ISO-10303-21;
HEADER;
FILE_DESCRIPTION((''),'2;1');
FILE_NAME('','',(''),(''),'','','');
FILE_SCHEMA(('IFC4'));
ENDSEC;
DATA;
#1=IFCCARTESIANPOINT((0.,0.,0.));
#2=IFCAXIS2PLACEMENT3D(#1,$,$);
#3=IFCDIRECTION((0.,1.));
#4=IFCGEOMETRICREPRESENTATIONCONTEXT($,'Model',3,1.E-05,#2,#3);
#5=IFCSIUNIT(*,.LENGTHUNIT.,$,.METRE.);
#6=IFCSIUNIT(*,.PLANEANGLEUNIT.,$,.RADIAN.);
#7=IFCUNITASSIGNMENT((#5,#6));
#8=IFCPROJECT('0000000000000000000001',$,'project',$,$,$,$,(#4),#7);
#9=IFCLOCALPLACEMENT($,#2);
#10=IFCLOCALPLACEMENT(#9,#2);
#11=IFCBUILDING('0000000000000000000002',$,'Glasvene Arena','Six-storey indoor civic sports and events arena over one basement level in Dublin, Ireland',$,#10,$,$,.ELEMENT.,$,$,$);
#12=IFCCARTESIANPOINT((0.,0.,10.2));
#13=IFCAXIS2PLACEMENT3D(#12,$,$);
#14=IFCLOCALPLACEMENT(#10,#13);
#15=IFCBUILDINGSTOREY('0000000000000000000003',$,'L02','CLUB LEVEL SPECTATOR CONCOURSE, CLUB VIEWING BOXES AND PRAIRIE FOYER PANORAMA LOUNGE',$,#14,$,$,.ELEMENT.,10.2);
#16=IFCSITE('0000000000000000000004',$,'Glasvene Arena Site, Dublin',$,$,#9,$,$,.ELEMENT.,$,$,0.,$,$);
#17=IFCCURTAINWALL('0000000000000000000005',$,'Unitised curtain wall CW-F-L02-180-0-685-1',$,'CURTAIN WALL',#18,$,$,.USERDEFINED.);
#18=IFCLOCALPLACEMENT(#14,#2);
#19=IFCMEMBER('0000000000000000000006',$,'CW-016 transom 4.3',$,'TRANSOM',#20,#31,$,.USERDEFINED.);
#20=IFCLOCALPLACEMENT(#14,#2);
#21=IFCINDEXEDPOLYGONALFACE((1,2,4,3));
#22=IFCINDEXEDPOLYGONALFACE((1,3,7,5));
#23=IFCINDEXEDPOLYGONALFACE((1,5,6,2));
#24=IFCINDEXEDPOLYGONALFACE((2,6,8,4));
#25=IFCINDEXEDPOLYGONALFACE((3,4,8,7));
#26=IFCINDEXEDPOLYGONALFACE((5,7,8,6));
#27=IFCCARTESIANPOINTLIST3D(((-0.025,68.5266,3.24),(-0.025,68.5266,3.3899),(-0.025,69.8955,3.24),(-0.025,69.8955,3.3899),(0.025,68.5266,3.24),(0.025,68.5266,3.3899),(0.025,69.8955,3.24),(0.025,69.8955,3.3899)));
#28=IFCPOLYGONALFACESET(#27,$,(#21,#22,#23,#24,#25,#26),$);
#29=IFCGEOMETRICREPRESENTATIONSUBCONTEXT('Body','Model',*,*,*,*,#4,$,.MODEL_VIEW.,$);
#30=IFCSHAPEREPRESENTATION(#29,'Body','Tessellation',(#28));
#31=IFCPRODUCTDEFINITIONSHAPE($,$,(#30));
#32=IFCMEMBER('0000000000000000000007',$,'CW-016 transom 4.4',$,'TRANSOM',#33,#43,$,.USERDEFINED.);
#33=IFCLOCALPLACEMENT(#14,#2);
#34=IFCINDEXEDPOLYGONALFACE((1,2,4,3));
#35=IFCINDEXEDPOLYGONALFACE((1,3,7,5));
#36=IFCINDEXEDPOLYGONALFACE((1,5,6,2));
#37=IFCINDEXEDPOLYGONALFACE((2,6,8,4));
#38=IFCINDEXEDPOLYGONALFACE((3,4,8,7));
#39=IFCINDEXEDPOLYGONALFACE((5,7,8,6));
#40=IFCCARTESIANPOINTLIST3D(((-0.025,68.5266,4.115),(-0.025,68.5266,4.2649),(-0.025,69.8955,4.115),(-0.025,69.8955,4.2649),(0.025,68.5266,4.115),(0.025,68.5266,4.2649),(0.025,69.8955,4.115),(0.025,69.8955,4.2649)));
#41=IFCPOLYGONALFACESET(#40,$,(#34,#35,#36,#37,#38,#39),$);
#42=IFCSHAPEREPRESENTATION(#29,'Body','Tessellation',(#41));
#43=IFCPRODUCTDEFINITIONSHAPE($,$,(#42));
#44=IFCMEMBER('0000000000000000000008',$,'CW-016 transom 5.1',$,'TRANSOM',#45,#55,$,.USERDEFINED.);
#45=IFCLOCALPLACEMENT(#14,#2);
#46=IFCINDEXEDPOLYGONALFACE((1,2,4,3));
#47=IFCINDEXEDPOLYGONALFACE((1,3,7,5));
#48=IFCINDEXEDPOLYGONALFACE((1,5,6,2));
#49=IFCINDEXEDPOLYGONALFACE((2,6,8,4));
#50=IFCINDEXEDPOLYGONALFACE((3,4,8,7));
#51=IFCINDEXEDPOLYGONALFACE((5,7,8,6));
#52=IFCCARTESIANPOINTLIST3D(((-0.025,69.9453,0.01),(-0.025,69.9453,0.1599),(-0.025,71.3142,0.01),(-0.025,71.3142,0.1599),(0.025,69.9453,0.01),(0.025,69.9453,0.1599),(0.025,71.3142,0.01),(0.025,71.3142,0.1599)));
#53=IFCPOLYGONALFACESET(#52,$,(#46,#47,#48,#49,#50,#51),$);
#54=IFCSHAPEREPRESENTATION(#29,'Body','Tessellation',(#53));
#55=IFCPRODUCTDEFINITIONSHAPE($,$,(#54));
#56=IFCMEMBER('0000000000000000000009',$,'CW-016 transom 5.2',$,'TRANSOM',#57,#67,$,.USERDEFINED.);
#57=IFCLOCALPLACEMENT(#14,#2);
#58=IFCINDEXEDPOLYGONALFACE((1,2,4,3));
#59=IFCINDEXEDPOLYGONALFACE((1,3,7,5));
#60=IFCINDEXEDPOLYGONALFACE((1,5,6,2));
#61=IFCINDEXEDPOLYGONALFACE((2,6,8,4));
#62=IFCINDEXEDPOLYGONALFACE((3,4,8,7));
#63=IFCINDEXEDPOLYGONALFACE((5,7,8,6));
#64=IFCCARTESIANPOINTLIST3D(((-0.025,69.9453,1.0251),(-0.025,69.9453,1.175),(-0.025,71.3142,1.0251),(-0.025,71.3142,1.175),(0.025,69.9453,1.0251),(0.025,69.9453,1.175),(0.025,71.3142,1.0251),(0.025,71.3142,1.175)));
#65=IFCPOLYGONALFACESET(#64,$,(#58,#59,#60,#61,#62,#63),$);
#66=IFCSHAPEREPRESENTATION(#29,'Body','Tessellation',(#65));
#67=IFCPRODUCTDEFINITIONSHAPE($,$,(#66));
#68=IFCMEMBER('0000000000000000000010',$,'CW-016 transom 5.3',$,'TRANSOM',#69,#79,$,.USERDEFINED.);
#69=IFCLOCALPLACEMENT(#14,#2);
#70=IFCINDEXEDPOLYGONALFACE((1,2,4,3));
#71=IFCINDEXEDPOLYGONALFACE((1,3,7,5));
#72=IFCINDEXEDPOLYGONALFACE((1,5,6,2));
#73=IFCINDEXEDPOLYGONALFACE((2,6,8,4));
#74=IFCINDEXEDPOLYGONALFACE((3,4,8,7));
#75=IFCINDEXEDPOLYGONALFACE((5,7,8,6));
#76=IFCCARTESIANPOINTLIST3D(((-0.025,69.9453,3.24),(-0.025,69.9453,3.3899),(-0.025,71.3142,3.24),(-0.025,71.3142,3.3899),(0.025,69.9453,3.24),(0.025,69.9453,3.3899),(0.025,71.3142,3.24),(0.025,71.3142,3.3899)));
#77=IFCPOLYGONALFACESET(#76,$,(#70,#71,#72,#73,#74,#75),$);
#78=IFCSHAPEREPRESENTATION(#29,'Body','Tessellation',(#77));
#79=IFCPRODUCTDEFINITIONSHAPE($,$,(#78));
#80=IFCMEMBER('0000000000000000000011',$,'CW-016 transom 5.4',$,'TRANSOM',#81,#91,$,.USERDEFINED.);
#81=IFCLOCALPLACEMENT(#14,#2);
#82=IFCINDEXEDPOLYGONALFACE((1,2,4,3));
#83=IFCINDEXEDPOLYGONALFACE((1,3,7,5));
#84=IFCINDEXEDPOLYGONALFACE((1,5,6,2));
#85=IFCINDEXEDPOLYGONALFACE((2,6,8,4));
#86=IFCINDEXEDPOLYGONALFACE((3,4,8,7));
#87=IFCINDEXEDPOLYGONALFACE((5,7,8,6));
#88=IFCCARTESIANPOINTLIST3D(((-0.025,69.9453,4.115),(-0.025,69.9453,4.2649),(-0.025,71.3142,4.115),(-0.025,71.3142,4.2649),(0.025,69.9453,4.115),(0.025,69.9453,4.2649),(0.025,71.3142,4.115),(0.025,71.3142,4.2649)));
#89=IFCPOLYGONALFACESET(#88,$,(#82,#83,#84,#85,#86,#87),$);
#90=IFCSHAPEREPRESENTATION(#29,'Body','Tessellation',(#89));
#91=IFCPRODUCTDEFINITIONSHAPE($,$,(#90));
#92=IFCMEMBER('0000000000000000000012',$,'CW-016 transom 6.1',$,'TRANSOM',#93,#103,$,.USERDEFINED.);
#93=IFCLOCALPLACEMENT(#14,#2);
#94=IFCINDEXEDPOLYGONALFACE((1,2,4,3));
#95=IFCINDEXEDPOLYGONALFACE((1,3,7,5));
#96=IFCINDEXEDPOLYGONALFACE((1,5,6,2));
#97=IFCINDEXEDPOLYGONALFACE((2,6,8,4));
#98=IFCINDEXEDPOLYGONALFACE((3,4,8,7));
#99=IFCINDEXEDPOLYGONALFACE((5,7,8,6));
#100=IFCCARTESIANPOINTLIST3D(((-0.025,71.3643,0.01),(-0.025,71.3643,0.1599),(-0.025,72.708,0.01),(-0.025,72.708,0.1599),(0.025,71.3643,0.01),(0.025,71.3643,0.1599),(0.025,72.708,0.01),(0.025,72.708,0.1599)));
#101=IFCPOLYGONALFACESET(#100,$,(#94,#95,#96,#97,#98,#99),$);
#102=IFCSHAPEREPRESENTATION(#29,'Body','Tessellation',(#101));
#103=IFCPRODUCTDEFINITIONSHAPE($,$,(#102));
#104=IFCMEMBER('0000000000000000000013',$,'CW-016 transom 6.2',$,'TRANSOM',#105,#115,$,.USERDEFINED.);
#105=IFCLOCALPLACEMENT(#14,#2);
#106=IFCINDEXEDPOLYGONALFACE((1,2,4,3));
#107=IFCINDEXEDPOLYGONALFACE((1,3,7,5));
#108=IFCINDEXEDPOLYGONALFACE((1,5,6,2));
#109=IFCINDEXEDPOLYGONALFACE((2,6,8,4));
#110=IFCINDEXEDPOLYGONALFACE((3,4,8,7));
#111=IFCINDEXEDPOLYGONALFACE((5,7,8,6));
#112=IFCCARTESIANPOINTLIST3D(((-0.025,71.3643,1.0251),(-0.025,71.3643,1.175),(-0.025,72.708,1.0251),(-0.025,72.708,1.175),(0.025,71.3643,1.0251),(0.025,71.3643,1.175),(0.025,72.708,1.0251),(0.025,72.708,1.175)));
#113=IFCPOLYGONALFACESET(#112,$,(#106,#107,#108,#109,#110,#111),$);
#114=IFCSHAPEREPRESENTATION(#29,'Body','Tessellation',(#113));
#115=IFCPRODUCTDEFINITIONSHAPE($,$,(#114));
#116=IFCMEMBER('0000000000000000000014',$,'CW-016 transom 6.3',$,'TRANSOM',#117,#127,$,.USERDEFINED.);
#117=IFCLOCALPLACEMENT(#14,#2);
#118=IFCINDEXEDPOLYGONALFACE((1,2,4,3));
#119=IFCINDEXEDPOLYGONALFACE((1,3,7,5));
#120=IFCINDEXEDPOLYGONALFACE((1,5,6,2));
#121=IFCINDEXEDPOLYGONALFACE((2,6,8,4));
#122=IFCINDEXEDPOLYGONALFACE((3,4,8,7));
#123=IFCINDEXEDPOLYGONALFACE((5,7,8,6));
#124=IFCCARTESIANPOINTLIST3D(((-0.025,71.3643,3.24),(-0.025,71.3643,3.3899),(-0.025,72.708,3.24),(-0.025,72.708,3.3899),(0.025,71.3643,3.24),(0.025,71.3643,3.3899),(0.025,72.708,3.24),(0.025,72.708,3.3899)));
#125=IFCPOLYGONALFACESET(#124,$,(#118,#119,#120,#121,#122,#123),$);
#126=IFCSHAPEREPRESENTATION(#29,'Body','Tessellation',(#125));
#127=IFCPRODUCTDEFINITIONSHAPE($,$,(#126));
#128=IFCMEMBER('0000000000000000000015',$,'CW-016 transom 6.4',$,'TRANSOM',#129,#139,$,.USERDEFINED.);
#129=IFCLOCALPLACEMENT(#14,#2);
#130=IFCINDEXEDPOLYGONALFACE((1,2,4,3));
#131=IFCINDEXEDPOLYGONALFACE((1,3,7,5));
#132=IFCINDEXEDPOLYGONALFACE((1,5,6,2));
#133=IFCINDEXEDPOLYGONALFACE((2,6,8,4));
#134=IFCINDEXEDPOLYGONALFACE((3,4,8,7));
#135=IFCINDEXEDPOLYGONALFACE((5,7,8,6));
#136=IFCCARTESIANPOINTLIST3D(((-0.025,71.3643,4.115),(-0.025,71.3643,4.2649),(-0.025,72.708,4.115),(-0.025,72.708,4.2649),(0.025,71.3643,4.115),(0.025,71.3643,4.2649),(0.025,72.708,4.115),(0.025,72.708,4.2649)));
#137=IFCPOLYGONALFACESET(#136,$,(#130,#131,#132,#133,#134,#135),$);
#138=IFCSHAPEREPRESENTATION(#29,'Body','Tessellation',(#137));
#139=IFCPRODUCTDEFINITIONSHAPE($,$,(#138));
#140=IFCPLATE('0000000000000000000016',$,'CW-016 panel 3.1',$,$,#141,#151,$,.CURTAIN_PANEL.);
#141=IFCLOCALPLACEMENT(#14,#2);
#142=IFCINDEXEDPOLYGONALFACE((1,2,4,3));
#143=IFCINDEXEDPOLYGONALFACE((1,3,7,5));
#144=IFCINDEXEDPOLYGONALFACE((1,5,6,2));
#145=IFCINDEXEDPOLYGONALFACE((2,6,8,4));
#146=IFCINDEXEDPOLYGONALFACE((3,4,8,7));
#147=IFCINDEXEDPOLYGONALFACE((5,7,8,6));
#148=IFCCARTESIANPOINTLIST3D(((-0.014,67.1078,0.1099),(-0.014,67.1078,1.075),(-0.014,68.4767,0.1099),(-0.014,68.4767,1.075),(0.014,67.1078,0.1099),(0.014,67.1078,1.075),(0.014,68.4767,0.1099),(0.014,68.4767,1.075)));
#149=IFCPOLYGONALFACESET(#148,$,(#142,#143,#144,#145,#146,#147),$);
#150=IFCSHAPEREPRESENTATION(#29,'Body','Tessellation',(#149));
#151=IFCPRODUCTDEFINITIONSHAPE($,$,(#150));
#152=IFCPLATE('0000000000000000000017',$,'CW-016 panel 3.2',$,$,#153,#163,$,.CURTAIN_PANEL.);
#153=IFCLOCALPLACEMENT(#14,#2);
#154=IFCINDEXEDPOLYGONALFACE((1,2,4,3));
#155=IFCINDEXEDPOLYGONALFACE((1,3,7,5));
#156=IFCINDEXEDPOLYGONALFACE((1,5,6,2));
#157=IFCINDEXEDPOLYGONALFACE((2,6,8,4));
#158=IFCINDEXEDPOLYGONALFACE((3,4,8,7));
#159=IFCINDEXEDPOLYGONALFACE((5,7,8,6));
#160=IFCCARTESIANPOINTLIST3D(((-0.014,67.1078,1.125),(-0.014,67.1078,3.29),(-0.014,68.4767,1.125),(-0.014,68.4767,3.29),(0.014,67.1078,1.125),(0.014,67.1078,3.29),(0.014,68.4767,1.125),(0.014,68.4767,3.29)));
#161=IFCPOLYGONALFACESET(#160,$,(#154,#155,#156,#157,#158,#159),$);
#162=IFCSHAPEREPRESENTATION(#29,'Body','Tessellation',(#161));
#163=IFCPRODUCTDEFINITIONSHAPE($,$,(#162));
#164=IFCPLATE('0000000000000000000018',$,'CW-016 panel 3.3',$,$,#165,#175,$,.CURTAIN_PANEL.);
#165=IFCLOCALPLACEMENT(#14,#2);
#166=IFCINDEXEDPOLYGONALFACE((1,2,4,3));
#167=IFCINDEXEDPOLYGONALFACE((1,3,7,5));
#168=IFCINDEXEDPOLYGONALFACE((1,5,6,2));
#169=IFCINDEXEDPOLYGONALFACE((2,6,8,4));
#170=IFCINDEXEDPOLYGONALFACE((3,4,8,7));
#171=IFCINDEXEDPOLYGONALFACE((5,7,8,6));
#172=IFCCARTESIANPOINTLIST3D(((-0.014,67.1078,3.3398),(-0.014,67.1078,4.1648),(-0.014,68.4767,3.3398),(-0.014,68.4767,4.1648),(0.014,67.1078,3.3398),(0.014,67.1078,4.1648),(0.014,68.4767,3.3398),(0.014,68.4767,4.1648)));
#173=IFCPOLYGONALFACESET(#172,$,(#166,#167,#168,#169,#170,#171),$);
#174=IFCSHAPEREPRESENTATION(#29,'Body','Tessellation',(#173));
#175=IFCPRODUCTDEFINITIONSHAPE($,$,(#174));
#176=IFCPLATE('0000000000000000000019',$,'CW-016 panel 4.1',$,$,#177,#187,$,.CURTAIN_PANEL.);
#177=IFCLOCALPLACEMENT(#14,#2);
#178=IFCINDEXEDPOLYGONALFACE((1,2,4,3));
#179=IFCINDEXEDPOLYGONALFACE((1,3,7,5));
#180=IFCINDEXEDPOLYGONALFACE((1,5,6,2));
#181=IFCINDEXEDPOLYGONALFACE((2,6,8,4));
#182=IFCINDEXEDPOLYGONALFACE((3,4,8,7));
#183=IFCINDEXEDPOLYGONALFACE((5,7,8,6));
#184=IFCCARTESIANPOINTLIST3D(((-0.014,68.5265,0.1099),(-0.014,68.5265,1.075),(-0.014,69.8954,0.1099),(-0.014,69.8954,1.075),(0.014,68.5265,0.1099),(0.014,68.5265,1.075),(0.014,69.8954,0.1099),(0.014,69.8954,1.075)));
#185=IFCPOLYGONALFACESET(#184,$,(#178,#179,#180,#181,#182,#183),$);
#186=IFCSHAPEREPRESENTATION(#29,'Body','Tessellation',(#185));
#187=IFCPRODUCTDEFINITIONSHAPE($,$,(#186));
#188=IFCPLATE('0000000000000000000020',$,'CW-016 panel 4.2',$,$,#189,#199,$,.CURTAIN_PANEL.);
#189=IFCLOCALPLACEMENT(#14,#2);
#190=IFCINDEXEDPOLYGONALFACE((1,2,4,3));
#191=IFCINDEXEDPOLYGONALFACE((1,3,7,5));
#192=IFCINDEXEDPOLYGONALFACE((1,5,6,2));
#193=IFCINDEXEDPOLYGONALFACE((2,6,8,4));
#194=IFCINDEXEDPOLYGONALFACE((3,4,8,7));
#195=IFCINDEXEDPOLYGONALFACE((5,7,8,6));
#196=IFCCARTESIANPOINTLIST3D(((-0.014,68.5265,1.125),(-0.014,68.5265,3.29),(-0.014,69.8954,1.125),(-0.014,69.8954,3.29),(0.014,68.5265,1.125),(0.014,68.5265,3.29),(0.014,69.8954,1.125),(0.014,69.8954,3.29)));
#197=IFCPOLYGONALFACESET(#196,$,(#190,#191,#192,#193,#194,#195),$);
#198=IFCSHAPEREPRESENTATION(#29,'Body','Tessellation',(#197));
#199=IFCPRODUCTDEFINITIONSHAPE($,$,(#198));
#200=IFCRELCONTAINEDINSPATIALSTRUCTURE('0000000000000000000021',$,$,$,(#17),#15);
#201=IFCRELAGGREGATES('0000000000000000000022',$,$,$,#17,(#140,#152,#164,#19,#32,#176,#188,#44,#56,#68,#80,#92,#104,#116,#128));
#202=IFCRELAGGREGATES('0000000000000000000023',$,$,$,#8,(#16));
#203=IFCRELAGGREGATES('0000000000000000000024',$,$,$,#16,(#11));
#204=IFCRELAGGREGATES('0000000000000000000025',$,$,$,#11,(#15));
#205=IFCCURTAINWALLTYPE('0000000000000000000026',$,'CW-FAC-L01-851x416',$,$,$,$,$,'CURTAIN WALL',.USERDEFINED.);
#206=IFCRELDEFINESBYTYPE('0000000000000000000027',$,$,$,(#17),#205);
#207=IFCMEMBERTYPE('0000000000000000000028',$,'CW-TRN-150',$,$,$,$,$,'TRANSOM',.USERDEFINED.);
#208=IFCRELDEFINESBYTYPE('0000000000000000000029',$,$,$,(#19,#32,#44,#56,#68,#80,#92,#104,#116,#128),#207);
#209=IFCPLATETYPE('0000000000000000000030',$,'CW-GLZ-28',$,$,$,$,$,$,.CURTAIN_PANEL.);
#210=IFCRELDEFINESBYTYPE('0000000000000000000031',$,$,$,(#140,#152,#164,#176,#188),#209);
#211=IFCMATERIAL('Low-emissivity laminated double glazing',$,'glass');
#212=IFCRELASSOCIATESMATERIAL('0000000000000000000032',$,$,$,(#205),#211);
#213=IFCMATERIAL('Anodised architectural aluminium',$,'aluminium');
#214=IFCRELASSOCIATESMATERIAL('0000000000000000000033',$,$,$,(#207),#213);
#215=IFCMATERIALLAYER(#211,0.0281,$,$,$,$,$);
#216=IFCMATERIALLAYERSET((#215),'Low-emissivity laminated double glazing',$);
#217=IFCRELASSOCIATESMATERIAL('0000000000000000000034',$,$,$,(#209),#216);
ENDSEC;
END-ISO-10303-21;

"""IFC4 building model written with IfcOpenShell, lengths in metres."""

from ifc_helpers import new_model, si_unit, direction, frame, origin, origin_2d, place, context, subcontext, project, spatial, rectangle, extrude, material, layer, layer_set, material_profile, profile_set, type_object, element, aggregate, save


model = new_model("IFC4")

# Units and contexts
model_context = context("Model", 3, precision=1e-05, world=origin(), true_north=direction((0.0, 1.0)))
body_context = subcontext(model_context, "Body", "Model", "MODEL_VIEW")
ifc_project = project(units=[si_unit("LENGTHUNIT", "METRE"), si_unit("PLANEANGLEUNIT", "RADIAN")], contexts=[model_context])

# Site, building, storey
site_placement = place(None, origin())
site = spatial("IfcSite", under=ifc_project, at=site_placement, Name="Glasvene Arena Site, Dublin", CompositionType="ELEMENT", RefElevation=0.0)
building_placement = place(site_placement, origin())
building = spatial("IfcBuilding", under=site, at=building_placement, Name="Glasvene Arena", Description="Six-storey indoor civic sports and events arena over one basement level in Dublin, Ireland", CompositionType="ELEMENT")
storey_placement = place(building_placement, frame((0.0, 0.0, 10.2)))
storey = spatial("IfcBuildingStorey", under=building, at=storey_placement, Name="L02", Description="CLUB LEVEL SPECTATOR CONCOURSE, CLUB VIEWING BOXES AND PRAIRIE FOYER PANORAMA LOUNGE", CompositionType="ELEMENT", Elevation=10.2)

# Curtain wall, members, plates
ifc_material_1 = material(Name="Low-emissivity laminated double glazing", Category="glass")
curtain_wall_type = type_object("IfcCurtainWallType", Name="CW-FAC-L01-851x416", ElementType="CURTAIN WALL", PredefinedType="USERDEFINED", material=ifc_material_1)
curtain_wall_placement = place(storey_placement, frame((0.0, 64.2451, 0.0)))
curtain_wall = element("IfcCurtainWall", 1, at=curtain_wall_placement, inside=storey, type_object=curtain_wall_type, Name="Unitised curtain wall CW-F-L02-180-0-685-1", ObjectType="CURTAIN WALL", PredefinedType="USERDEFINED")
ifc_material_2 = material(Name="Anodised architectural aluminium", Category="aluminium")
ifc_material_profile_1 = material_profile(ifc_material_2, rectangle(XDim=0.05, YDim=0.1499, at=origin_2d()), Name="ALU TRANSOM 50x150")
ifc_profile_set_1 = profile_set([ifc_material_profile_1], Name="Anodised architectural aluminium")
member_type_1 = type_object("IfcMemberType", Name="CW-TRN-150", ElementType="TRANSOM", PredefinedType="USERDEFINED", material=ifc_profile_set_1)
member_1_placement = place(storey_placement, frame((0.0, 68.5266, 3.3149), z_axis=(0.0, 1.0, 0.0), x_axis=(-1.0, 0.0, 0.0)))
member_1 = element("IfcMember", 2, at=member_1_placement, type_object=member_type_1, Name="CW-016 transom 4.3", ObjectType="TRANSOM", PredefinedType="USERDEFINED", context=body_context, shape_type="SweptSolid", body=[
    extrude(rectangle(XDim=0.05, YDim=0.1499, at=origin_2d()), origin(), (0.0, 0.0, 1.0), 1.3689),
])
member_2_placement = place(storey_placement, frame((0.0, 68.5266, 4.1899), z_axis=(0.0, 1.0, 0.0), x_axis=(-1.0, 0.0, 0.0)))
member_2 = element("IfcMember", 3, at=member_2_placement, type_object=member_type_1, Name="CW-016 transom 4.4", ObjectType="TRANSOM", PredefinedType="USERDEFINED", context=body_context, shape_type="SweptSolid", body=[
    extrude(rectangle(XDim=0.05, YDim=0.1499, at=origin_2d()), origin(), (0.0, 0.0, 1.0), 1.3689),
])
member_3_placement = place(storey_placement, frame((0.0, 69.9453, 0.085), z_axis=(0.0, 1.0, 0.0), x_axis=(-1.0, 0.0, 0.0)))
member_3 = element("IfcMember", 4, at=member_3_placement, type_object=member_type_1, Name="CW-016 transom 5.1", ObjectType="TRANSOM", PredefinedType="USERDEFINED", context=body_context, shape_type="SweptSolid", body=[
    extrude(rectangle(XDim=0.05, YDim=0.1499, at=origin_2d()), origin(), (0.0, 0.0, 1.0), 1.3689),
])
member_4_placement = place(storey_placement, frame((0.0, 69.9453, 1.1001), z_axis=(0.0, 1.0, 0.0), x_axis=(-1.0, 0.0, 0.0)))
member_4 = element("IfcMember", 5, at=member_4_placement, type_object=member_type_1, Name="CW-016 transom 5.2", ObjectType="TRANSOM", PredefinedType="USERDEFINED", context=body_context, shape_type="SweptSolid", body=[
    extrude(rectangle(XDim=0.05, YDim=0.1499, at=origin_2d()), origin(), (0.0, 0.0, 1.0), 1.3689),
])
member_5_placement = place(storey_placement, frame((0.0, 69.9453, 3.3149), z_axis=(0.0, 1.0, 0.0), x_axis=(-1.0, 0.0, 0.0)))
member_5 = element("IfcMember", 6, at=member_5_placement, type_object=member_type_1, Name="CW-016 transom 5.3", ObjectType="TRANSOM", PredefinedType="USERDEFINED", context=body_context, shape_type="SweptSolid", body=[
    extrude(rectangle(XDim=0.05, YDim=0.1499, at=origin_2d()), origin(), (0.0, 0.0, 1.0), 1.3689),
])
member_6_placement = place(storey_placement, frame((0.0, 69.9453, 4.1899), z_axis=(0.0, 1.0, 0.0), x_axis=(-1.0, 0.0, 0.0)))
member_6 = element("IfcMember", 7, at=member_6_placement, type_object=member_type_1, Name="CW-016 transom 5.4", ObjectType="TRANSOM", PredefinedType="USERDEFINED", context=body_context, shape_type="SweptSolid", body=[
    extrude(rectangle(XDim=0.05, YDim=0.1499, at=origin_2d()), origin(), (0.0, 0.0, 1.0), 1.3689),
])
member_7_placement = place(storey_placement, frame((0.0, 71.3643, 0.085), z_axis=(0.0, 1.0, 0.0), x_axis=(-1.0, 0.0, 0.0)))
member_7 = element("IfcMember", 8, at=member_7_placement, type_object=member_type_1, Name="CW-016 transom 6.1", ObjectType="TRANSOM", PredefinedType="USERDEFINED", context=body_context, shape_type="SweptSolid", body=[
    extrude(rectangle(XDim=0.05, YDim=0.1499, at=origin_2d()), origin(), (0.0, 0.0, 1.0), 1.3438),
])
member_8_placement = place(storey_placement, frame((0.0, 71.3643, 1.1001), z_axis=(0.0, 1.0, 0.0), x_axis=(-1.0, 0.0, 0.0)))
member_8 = element("IfcMember", 9, at=member_8_placement, type_object=member_type_1, Name="CW-016 transom 6.2", ObjectType="TRANSOM", PredefinedType="USERDEFINED", context=body_context, shape_type="SweptSolid", body=[
    extrude(rectangle(XDim=0.05, YDim=0.1499, at=origin_2d()), origin(), (0.0, 0.0, 1.0), 1.3438),
])
member_9_placement = place(storey_placement, frame((0.0, 71.3643, 3.3149), z_axis=(0.0, 1.0, 0.0), x_axis=(-1.0, 0.0, 0.0)))
member_9 = element("IfcMember", 10, at=member_9_placement, type_object=member_type_1, Name="CW-016 transom 6.3", ObjectType="TRANSOM", PredefinedType="USERDEFINED", context=body_context, shape_type="SweptSolid", body=[
    extrude(rectangle(XDim=0.05, YDim=0.1499, at=origin_2d()), origin(), (0.0, 0.0, 1.0), 1.3438),
])
member_10_placement = place(storey_placement, frame((0.0, 71.3643, 4.1899), z_axis=(0.0, 1.0, 0.0), x_axis=(-1.0, 0.0, 0.0)))
member_10 = element("IfcMember", 11, at=member_10_placement, type_object=member_type_1, Name="CW-016 transom 6.4", ObjectType="TRANSOM", PredefinedType="USERDEFINED", context=body_context, shape_type="SweptSolid", body=[
    extrude(rectangle(XDim=0.05, YDim=0.1499, at=origin_2d()), origin(), (0.0, 0.0, 1.0), 1.3438),
])
ifc_layer = layer(ifc_material_1, 0.0281)
ifc_layer_set = layer_set([ifc_layer], Name="Low-emissivity laminated double glazing")
plate_type = type_object("IfcPlateType", Name="CW-GLZ-28", PredefinedType="CURTAIN_PANEL", material=ifc_layer_set)
plate_1_placement = place(storey_placement, frame((0.0, 67.7922, 0.1099), z_axis=(0.0, 0.0, 1.0), x_axis=(0.0, 1.0, 0.0)))
plate_1 = element("IfcPlate", 12, at=plate_1_placement, type_object=plate_type, Name="CW-016 panel 3.1", PredefinedType="CURTAIN_PANEL", context=body_context, shape_type="SweptSolid", body=[
    extrude(rectangle(XDim=1.3689, YDim=0.0281, at=origin_2d()), origin(), (0.0, 0.0, 1.0), 0.9651),
])
plate_2_placement = place(storey_placement, frame((0.0, 67.7922, 1.125), z_axis=(0.0, 0.0, 1.0), x_axis=(0.0, 1.0, 0.0)))
plate_2 = element("IfcPlate", 13, at=plate_2_placement, type_object=plate_type, Name="CW-016 panel 3.2", PredefinedType="CURTAIN_PANEL", context=body_context, shape_type="SweptSolid", body=[
    extrude(rectangle(XDim=1.3689, YDim=0.0281, at=origin_2d()), origin(), (0.0, 0.0, 1.0), 2.165),
])
plate_3_placement = place(storey_placement, frame((0.0, 67.7922, 3.3398), z_axis=(0.0, 0.0, 1.0), x_axis=(0.0, 1.0, 0.0)))
plate_3 = element("IfcPlate", 14, at=plate_3_placement, type_object=plate_type, Name="CW-016 panel 3.3", PredefinedType="CURTAIN_PANEL", context=body_context, shape_type="SweptSolid", body=[
    extrude(rectangle(XDim=1.3689, YDim=0.0281, at=origin_2d()), origin(), (0.0, 0.0, 1.0), 0.825),
])
plate_4_placement = place(storey_placement, frame((0.0, 69.2109, 0.1099), z_axis=(0.0, 0.0, 1.0), x_axis=(0.0, 1.0, 0.0)))
plate_4 = element("IfcPlate", 15, at=plate_4_placement, type_object=plate_type, Name="CW-016 panel 4.1", PredefinedType="CURTAIN_PANEL", context=body_context, shape_type="SweptSolid", body=[
    extrude(rectangle(XDim=1.3689, YDim=0.0281, at=origin_2d()), origin(), (0.0, 0.0, 1.0), 0.9651),
])
plate_5_placement = place(storey_placement, frame((0.0, 69.2109, 1.125), z_axis=(0.0, 0.0, 1.0), x_axis=(0.0, 1.0, 0.0)))
plate_5 = element("IfcPlate", 16, at=plate_5_placement, type_object=plate_type, Name="CW-016 panel 4.2", PredefinedType="CURTAIN_PANEL", context=body_context, shape_type="SweptSolid", body=[
    extrude(rectangle(XDim=1.3689, YDim=0.0281, at=origin_2d()), origin(), (0.0, 0.0, 1.0), 2.165),
])
aggregate(curtain_wall, [plate_1, plate_2, plate_3, member_1, member_2, plate_4, plate_5, member_3, member_4, member_5, member_6, member_7, member_8, member_9, member_10])

save(model, "model.ifc")
